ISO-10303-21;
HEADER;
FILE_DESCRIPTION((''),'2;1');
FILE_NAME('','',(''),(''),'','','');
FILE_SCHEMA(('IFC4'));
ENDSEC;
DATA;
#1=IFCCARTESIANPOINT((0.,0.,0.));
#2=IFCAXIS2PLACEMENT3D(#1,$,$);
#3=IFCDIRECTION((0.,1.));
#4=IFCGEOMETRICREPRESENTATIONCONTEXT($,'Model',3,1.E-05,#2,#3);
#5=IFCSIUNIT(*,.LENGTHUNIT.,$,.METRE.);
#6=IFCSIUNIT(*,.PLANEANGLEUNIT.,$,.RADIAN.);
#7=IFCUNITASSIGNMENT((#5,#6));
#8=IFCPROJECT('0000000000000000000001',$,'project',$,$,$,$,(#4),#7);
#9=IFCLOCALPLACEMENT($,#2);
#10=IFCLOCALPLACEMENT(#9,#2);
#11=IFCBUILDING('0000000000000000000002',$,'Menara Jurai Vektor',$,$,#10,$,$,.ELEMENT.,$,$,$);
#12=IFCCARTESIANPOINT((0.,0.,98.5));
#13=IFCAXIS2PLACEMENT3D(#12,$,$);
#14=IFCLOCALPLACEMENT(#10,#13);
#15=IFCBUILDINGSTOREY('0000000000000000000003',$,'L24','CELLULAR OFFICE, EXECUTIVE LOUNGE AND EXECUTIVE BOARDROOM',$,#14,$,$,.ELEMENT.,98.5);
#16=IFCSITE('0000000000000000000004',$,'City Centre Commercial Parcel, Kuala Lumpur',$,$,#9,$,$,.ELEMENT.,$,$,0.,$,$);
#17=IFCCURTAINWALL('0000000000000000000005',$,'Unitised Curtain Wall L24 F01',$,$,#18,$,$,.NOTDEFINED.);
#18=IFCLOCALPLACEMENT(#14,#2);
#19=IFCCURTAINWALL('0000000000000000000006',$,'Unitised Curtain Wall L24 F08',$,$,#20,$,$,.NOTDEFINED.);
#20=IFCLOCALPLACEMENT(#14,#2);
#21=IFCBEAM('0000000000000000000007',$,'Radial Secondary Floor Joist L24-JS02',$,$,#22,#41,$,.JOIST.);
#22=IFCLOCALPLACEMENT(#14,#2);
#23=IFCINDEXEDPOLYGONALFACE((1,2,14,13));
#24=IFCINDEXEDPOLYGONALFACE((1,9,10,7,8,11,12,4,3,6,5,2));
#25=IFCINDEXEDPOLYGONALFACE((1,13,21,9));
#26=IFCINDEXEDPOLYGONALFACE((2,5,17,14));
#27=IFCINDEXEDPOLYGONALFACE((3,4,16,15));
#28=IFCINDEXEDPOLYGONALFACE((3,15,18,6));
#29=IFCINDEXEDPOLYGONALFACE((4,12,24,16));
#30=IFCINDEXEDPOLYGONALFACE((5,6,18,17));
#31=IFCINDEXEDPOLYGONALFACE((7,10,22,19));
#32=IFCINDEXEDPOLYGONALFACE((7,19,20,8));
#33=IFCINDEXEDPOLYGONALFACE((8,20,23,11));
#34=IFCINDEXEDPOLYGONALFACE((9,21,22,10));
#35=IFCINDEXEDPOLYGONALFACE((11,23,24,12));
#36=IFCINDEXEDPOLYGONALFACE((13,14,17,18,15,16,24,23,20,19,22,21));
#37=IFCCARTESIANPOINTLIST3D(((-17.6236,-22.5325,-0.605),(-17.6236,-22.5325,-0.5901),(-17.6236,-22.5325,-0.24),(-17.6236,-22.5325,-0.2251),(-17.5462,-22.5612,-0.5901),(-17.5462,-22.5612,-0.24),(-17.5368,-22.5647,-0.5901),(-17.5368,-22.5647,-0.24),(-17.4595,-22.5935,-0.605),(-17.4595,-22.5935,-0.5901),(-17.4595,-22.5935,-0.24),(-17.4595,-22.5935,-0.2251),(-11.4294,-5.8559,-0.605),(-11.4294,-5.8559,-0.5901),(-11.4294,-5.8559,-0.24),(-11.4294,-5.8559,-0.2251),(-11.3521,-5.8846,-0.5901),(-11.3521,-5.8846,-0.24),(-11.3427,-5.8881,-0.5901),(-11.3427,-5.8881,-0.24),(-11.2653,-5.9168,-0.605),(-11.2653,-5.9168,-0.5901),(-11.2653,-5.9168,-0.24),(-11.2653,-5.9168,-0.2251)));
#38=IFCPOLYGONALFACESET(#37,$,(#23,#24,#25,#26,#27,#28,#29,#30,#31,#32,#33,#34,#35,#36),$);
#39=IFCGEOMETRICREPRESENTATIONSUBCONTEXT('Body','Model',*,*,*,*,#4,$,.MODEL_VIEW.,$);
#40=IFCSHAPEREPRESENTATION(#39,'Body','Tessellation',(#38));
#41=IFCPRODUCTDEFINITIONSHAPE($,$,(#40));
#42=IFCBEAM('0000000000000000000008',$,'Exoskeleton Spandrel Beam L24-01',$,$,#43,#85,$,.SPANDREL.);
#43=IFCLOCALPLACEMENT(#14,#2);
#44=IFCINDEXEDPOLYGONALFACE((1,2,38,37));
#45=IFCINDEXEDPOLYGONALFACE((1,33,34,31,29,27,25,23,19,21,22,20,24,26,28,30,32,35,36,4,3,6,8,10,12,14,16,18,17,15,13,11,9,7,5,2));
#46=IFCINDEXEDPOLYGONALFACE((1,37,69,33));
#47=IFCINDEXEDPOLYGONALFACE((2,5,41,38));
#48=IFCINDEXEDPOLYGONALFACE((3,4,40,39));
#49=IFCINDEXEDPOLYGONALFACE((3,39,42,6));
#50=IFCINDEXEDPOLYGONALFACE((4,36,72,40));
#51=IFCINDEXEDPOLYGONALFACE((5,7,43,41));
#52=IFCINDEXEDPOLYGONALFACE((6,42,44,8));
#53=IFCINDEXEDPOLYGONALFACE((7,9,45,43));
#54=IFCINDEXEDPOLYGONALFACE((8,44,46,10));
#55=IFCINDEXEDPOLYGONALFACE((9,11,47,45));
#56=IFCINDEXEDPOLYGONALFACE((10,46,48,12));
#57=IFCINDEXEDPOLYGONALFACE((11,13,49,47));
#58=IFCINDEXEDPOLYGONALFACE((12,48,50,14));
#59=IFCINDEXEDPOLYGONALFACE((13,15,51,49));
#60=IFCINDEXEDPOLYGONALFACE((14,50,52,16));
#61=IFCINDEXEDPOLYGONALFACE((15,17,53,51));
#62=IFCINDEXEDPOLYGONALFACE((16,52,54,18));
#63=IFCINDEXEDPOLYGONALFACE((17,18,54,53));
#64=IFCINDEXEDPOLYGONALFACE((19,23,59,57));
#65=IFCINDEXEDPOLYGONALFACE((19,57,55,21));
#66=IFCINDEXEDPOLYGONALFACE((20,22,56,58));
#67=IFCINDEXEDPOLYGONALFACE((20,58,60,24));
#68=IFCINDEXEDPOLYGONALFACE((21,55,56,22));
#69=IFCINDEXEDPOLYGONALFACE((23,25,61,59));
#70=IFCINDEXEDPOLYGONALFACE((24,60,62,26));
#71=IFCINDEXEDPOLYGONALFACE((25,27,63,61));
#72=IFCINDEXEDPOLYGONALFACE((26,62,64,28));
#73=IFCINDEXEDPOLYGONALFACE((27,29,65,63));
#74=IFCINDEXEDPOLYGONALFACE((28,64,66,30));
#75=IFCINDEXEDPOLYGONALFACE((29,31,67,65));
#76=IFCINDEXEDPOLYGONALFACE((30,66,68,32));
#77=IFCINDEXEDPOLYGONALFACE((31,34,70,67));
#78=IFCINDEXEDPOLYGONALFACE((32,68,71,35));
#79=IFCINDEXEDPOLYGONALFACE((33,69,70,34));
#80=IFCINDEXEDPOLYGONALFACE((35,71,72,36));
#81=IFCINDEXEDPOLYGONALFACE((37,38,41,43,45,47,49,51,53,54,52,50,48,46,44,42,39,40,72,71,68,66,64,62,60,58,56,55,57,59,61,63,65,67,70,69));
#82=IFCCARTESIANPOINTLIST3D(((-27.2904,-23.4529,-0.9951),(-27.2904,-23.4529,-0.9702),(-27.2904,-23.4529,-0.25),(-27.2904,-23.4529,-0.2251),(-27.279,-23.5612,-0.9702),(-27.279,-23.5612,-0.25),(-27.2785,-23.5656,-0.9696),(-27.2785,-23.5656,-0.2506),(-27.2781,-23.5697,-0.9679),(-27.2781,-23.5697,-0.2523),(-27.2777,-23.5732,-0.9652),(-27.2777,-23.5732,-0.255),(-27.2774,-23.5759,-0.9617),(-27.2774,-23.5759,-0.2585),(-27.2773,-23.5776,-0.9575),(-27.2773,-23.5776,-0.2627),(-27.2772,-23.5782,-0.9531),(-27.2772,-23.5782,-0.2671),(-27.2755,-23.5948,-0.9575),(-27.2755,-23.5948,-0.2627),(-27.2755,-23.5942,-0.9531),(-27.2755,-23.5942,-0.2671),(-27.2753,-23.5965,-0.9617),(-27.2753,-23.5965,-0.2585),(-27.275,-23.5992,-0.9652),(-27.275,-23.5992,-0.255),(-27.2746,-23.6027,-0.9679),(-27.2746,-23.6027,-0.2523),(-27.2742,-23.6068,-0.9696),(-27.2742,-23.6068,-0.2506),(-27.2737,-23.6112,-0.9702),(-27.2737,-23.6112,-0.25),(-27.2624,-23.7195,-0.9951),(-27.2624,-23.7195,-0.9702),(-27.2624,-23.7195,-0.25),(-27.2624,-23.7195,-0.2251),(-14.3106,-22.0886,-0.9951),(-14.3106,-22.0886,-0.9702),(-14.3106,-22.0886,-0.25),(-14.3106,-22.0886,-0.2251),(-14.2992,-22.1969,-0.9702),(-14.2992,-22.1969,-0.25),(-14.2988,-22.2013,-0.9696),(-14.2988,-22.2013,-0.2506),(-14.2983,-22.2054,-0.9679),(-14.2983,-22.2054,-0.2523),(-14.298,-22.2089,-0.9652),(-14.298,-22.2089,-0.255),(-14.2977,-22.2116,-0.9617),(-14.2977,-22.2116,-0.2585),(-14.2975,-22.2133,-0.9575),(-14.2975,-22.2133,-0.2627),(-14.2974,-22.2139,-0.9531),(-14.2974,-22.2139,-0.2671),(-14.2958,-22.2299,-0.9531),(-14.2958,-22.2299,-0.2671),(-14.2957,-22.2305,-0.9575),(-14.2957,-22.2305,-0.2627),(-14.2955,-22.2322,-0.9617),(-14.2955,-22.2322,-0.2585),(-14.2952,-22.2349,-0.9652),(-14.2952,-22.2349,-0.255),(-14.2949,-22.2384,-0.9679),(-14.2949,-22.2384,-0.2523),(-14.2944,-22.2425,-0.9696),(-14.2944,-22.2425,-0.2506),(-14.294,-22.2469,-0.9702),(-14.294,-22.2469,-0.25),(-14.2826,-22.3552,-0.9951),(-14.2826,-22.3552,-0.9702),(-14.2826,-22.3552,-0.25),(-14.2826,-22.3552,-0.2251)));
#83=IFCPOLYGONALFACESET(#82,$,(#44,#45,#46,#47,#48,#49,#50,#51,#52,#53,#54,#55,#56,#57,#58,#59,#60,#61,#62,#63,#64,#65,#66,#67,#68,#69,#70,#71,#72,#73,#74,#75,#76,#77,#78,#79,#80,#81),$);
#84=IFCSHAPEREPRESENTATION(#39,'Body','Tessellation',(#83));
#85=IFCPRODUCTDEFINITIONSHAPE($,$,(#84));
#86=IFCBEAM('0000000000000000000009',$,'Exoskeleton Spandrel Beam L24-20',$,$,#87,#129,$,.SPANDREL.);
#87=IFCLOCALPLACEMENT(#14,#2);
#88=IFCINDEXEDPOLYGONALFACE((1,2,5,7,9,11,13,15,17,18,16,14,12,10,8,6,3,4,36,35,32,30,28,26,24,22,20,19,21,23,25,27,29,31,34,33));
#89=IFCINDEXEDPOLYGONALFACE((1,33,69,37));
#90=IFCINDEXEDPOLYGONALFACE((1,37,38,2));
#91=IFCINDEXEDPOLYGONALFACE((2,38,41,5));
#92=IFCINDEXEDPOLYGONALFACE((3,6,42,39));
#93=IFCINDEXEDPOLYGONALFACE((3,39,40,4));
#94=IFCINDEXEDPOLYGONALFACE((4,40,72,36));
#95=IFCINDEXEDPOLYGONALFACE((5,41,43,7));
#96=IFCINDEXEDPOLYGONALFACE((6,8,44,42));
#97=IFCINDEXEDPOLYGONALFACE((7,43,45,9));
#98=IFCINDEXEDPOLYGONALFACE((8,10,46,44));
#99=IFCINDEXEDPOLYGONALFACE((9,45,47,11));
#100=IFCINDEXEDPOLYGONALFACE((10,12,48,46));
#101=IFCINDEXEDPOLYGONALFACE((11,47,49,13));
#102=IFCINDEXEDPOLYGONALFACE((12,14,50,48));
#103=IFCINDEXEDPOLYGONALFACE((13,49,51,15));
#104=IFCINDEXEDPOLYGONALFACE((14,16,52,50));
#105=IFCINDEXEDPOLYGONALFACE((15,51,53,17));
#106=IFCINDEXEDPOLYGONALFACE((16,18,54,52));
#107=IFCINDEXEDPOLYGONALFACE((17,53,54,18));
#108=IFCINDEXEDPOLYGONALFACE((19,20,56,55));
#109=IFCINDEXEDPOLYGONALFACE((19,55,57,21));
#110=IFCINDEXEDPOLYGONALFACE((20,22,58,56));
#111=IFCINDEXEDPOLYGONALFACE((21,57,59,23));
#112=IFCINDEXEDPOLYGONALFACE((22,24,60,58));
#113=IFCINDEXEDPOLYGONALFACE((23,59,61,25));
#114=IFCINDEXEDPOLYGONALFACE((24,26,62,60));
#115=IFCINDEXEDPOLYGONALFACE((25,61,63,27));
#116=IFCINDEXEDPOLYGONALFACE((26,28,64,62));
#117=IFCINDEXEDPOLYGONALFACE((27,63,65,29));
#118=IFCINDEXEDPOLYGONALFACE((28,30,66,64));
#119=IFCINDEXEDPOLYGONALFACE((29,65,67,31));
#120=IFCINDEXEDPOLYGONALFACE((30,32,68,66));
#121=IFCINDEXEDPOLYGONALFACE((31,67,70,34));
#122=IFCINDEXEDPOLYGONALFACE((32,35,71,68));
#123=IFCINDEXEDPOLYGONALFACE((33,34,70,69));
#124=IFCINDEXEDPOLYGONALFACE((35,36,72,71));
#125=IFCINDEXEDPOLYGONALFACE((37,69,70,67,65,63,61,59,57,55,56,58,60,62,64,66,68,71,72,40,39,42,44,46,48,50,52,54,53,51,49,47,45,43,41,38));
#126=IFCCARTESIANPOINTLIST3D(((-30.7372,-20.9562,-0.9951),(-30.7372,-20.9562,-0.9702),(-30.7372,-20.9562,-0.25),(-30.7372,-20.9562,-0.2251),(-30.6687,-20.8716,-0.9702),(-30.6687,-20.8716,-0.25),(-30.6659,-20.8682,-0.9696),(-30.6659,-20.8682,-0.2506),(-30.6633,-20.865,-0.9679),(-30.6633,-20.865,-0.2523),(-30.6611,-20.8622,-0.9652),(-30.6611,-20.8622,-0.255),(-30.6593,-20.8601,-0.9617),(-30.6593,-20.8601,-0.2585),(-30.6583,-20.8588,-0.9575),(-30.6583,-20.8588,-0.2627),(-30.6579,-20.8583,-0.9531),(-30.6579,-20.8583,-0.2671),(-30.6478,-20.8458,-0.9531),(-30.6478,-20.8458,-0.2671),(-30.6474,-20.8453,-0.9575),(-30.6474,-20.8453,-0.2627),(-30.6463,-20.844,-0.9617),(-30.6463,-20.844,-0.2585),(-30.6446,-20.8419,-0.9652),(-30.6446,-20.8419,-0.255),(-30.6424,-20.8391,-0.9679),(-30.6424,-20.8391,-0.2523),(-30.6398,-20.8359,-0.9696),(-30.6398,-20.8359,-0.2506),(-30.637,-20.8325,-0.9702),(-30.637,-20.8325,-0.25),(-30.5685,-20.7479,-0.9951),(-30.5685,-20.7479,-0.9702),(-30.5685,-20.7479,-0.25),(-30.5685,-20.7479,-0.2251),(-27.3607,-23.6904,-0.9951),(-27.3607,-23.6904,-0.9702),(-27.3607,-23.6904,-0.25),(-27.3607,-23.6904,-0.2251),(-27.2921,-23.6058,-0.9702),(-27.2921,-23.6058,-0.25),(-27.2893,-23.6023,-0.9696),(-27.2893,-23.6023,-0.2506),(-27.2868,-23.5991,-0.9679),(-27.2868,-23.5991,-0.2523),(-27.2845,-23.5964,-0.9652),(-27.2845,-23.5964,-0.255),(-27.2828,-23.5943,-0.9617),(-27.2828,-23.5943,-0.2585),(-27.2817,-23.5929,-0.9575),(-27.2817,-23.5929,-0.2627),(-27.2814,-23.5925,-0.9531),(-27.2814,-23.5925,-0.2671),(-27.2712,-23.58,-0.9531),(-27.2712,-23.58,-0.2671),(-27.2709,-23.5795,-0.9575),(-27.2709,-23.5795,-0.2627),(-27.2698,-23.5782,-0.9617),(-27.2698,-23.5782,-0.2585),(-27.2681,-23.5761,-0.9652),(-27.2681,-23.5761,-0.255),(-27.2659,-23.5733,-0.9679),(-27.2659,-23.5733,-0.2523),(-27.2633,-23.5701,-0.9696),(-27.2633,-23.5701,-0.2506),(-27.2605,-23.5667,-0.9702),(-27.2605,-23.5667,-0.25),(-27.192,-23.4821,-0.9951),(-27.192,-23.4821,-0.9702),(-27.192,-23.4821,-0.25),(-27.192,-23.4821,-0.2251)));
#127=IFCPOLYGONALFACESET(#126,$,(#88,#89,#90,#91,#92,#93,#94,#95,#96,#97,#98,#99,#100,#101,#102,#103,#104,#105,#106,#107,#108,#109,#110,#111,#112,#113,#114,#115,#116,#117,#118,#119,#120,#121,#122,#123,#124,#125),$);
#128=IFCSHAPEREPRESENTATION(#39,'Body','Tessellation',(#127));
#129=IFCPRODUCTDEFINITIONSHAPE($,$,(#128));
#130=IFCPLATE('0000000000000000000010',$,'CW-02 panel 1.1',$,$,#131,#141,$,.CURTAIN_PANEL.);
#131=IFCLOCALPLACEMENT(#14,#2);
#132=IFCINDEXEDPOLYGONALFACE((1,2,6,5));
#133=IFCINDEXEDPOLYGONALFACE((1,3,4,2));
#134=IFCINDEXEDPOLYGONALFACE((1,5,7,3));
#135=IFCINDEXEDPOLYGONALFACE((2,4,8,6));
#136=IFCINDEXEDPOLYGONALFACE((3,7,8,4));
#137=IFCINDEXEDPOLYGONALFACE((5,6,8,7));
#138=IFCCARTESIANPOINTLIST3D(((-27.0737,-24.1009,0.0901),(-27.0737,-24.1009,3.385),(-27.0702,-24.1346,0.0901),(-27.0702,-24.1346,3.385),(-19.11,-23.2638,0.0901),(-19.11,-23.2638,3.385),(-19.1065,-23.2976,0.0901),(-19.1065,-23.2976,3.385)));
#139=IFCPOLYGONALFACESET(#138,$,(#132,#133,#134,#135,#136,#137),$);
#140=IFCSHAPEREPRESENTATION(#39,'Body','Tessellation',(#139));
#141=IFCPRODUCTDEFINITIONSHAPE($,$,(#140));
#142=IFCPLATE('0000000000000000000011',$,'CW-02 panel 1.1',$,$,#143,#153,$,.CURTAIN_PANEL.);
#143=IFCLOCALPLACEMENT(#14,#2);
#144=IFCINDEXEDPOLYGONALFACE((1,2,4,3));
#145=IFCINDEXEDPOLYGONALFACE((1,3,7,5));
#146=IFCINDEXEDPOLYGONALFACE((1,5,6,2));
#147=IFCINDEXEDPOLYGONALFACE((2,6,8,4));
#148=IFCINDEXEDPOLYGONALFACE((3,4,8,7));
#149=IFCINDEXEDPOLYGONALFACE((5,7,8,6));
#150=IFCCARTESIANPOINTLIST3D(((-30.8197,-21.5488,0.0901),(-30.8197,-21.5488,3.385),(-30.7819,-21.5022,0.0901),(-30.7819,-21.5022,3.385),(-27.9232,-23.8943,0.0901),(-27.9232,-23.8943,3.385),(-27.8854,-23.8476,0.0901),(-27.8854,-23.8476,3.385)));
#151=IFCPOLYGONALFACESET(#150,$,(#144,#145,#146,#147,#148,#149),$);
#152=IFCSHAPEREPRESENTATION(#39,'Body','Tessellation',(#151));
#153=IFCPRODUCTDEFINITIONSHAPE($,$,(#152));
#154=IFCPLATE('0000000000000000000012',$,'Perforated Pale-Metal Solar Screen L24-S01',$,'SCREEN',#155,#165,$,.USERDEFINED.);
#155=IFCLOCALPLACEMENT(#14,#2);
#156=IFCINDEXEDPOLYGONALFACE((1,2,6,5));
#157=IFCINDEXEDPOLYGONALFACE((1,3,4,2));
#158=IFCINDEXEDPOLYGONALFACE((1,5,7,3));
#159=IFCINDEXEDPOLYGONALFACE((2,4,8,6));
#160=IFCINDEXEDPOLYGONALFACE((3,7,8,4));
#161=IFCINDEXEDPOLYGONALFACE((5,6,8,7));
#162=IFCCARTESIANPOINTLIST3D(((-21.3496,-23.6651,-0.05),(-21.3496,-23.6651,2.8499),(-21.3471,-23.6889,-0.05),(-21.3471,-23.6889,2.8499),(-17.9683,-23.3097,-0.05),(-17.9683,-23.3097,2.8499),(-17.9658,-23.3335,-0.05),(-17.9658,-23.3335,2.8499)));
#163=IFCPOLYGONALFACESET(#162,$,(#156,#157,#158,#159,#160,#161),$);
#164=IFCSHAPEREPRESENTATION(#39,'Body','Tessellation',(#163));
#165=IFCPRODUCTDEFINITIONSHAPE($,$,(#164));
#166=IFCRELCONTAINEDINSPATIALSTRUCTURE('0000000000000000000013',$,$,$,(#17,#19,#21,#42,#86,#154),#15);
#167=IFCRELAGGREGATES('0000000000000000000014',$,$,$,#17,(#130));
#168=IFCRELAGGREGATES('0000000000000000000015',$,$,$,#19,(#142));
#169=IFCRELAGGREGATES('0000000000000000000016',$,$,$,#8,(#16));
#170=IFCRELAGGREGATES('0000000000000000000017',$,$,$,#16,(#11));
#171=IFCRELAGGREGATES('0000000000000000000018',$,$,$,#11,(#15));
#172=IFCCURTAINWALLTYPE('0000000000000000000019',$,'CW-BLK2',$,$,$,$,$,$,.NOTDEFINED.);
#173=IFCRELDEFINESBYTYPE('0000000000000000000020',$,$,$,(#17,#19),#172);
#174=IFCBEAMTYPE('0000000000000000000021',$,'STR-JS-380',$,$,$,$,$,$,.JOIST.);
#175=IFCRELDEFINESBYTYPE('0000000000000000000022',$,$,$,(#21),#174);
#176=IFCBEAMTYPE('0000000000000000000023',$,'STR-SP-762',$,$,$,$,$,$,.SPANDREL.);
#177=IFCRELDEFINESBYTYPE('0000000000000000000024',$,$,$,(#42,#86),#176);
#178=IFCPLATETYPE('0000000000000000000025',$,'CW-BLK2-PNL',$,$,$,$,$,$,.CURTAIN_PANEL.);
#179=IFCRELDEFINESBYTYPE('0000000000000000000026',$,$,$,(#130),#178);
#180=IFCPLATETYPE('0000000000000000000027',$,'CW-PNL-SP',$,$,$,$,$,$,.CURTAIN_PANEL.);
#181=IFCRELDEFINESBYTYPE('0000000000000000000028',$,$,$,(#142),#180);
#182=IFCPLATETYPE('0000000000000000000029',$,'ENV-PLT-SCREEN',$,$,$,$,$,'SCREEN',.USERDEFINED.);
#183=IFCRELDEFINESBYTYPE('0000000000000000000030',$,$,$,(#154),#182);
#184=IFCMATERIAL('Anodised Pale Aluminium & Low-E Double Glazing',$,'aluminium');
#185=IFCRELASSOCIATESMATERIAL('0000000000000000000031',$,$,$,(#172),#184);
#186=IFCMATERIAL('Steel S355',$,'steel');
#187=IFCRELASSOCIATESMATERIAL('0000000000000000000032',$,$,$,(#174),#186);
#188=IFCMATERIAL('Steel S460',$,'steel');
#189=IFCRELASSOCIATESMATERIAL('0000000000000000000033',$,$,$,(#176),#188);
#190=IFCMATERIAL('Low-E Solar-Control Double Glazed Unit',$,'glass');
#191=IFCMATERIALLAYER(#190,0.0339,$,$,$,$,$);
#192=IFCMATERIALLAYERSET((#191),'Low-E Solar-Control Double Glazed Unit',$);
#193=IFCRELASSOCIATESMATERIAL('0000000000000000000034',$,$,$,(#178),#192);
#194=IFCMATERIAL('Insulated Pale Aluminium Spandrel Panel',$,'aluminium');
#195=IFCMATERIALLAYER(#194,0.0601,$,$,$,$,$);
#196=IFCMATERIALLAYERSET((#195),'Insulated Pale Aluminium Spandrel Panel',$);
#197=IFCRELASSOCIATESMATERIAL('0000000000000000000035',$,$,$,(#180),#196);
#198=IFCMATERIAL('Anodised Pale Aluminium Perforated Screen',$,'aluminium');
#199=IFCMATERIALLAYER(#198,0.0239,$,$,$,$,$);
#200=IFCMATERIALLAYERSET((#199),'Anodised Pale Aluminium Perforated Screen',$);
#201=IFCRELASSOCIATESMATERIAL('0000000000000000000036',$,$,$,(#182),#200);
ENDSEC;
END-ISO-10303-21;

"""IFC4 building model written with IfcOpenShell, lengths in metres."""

from ifc_helpers import new_model, si_unit, direction, frame, origin, origin_2d, place, context, subcontext, project, spatial, rectangle, i_section, extrude, material, layer, layer_set, material_profile, profile_set, type_object, element, aggregate, save


model = new_model("IFC4")

# Units and contexts
model_context = context("Model", 3, precision=1e-05, world=origin(), true_north=direction((0.0, 1.0)))
body_context = subcontext(model_context, "Body", "Model", "MODEL_VIEW")
ifc_project = project(units=[si_unit("LENGTHUNIT", "METRE"), si_unit("PLANEANGLEUNIT", "RADIAN")], contexts=[model_context])

# Site, building, storey
site_placement = place(None, origin())
site = spatial("IfcSite", under=ifc_project, at=site_placement, Name="City Centre Commercial Parcel, Kuala Lumpur", CompositionType="ELEMENT", RefElevation=0.0)
building_placement = place(site_placement, origin())
building = spatial("IfcBuilding", under=site, at=building_placement, Name="Menara Jurai Vektor", CompositionType="ELEMENT")
storey_placement = place(building_placement, frame((0.0, 0.0, 98.5)))
storey = spatial("IfcBuildingStorey", under=building, at=storey_placement, Name="L24", Description="CELLULAR OFFICE, EXECUTIVE LOUNGE AND EXECUTIVE BOARDROOM", CompositionType="ELEMENT", Elevation=98.5)

# Shared definitions
ifc_material_1 = material(Name="Steel S460", Category="steel")

# Curtain wall
ifc_material_2 = material(Name="Anodised Pale Aluminium & Low-E Double Glazing", Category="aluminium")
curtain_wall_type = type_object("IfcCurtainWallType", Name="CW-BLK2", PredefinedType="NOTDEFINED", material=ifc_material_2)
curtain_wall_1_placement = place(storey_placement, origin())
curtain_wall_1 = element("IfcCurtainWall", 1, at=curtain_wall_1_placement, inside=storey, type_object=curtain_wall_type, Name="Unitised Curtain Wall L24 F01", PredefinedType="NOTDEFINED")

# Curtain wall
curtain_wall_2_placement = place(storey_placement, origin())
curtain_wall_2 = element("IfcCurtainWall", 2, at=curtain_wall_2_placement, inside=storey, type_object=curtain_wall_type, Name="Unitised Curtain Wall L24 F08", PredefinedType="NOTDEFINED")

# Shared definitions
ifc_material_3 = material(Name="Steel S355", Category="steel")

# Beams
ifc_material_profile_1 = material_profile(ifc_material_3, i_section(OverallWidth=0.175, OverallDepth=0.3799, WebThickness=0.01, FlangeThickness=0.0149, at=origin_2d()), Name="PG 380x175x58")
ifc_profile_set_1 = profile_set([ifc_material_profile_1], Name="Steel S355")
beam_type_1 = type_object("IfcBeamType", Name="STR-JS-380", PredefinedType="JOIST", material=ifc_profile_set_1)
beam_1_placement = place(storey_placement, frame((-17.5415, -22.563, -0.415), z_axis=(0.348184, 0.937426, 0.0), x_axis=(-0.937426, 0.348184, 0.0)))
element("IfcBeam", 3, at=beam_1_placement, inside=storey, type_object=beam_type_1, Name="Radial Secondary Floor Joist L24-JS02", PredefinedType="JOIST", context=body_context, shape_type="SweptSolid", body=[
    extrude(i_section(OverallWidth=0.175, OverallDepth=0.3799, WebThickness=0.01, FlangeThickness=0.0149, at=origin_2d()), origin(), (0.0, 0.0, 1.0), 17.7898),
])
ifc_material_profile_2 = material_profile(ifc_material_1, i_section(OverallWidth=0.2681, OverallDepth=0.77, WebThickness=0.0161, FlangeThickness=0.0249, FilletRadius=0.0171, at=origin_2d()), Name="UKB 762x267x197")
ifc_profile_set_2 = profile_set([ifc_material_profile_2], Name="Steel S460")
beam_type_2 = type_object("IfcBeamType", Name="STR-SP-762", PredefinedType="SPANDREL", material=ifc_profile_set_2)
beam_2_placement = place(storey_placement, frame((-27.2764, -23.5862, -0.6101), z_axis=(0.994522, 0.104531, 0.0), x_axis=(-0.104531, 0.994522, 0.0)))
element("IfcBeam", 4, at=beam_2_placement, inside=storey, type_object=beam_type_2, Name="Exoskeleton Spandrel Beam L24-01", PredefinedType="SPANDREL", context=body_context, shape_type="SweptSolid", body=[
    extrude(i_section(OverallWidth=0.2681, OverallDepth=0.77, WebThickness=0.0161, FlangeThickness=0.0249, FilletRadius=0.0171, at=origin_2d()), origin(), (0.0, 0.0, 1.0), 13.0513),
])
beam_3_placement = place(storey_placement, frame((-30.6528, -20.8521, -0.6101), z_axis=(0.777155, -0.62931, 0.0), x_axis=(0.62931, 0.777155, 0.0)))
element("IfcBeam", 5, at=beam_3_placement, inside=storey, type_object=beam_type_2, Name="Exoskeleton Spandrel Beam L24-20", PredefinedType="SPANDREL", context=body_context, shape_type="SweptSolid", body=[
    extrude(i_section(OverallWidth=0.2681, OverallDepth=0.77, WebThickness=0.0161, FlangeThickness=0.0249, FilletRadius=0.0171, at=origin_2d()), origin(), (0.0, 0.0, 1.0), 4.3447),
])

# Plates
ifc_material_4 = material(Name="Low-E Solar-Control Double Glazed Unit", Category="glass")
ifc_layer_1 = layer(ifc_material_4, 0.0339)
ifc_layer_set_1 = layer_set([ifc_layer_1], Name="Low-E Solar-Control Double Glazed Unit")
plate_type_1 = type_object("IfcPlateType", Name="CW-BLK2-PNL", PredefinedType="CURTAIN_PANEL", material=ifc_layer_set_1)
plate_1_placement = place(storey_placement, frame((-23.0901, -23.6992, 0.0901), z_axis=(0.0, 0.0, 1.0), x_axis=(0.994522, 0.104529, 0.0)))
plate_1 = element("IfcPlate", 6, at=plate_1_placement, type_object=plate_type_1, Name="CW-02 panel 1.1", PredefinedType="CURTAIN_PANEL", context=body_context, shape_type="SweptSolid", body=[
    extrude(rectangle(XDim=8.0076, YDim=0.0339, at=origin_2d()), origin(), (0.0, 0.0, 1.0), 3.2949),
])
aggregate(curtain_wall_1, [plate_1])
ifc_material_5 = material(Name="Insulated Pale Aluminium Spandrel Panel", Category="aluminium")
ifc_layer_2 = layer(ifc_material_5, 0.0601)
ifc_layer_set_2 = layer_set([ifc_layer_2], Name="Insulated Pale Aluminium Spandrel Panel")
plate_type_2 = type_object("IfcPlateType", Name="CW-PNL-SP", PredefinedType="CURTAIN_PANEL", material=ifc_layer_set_2)
plate_2_placement = place(storey_placement, frame((-29.3525, -22.6982, 0.0901), z_axis=(0.0, 0.0, 1.0), x_axis=(0.777152, -0.629313, 0.0)))
plate_2 = element("IfcPlate", 7, at=plate_2_placement, type_object=plate_type_2, Name="CW-02 panel 1.1", PredefinedType="CURTAIN_PANEL", context=body_context, shape_type="SweptSolid", body=[
    extrude(rectangle(XDim=3.7271, YDim=0.0601, at=origin_2d()), origin(), (0.0, 0.0, 1.0), 3.2949),
])
aggregate(curtain_wall_2, [plate_2])
ifc_material_6 = material(Name="Anodised Pale Aluminium Perforated Screen", Category="aluminium")
ifc_layer_3 = layer(ifc_material_6, 0.0239)
ifc_layer_set_3 = layer_set([ifc_layer_3], Name="Anodised Pale Aluminium Perforated Screen")
plate_type_3 = type_object("IfcPlateType", Name="ENV-PLT-SCREEN", ElementType="SCREEN", PredefinedType="USERDEFINED", material=ifc_layer_set_3)
plate_3_placement = place(storey_placement, frame((-19.6577, -23.4993, -0.05), z_axis=(0.0, 0.0, 1.0), x_axis=(0.994522, 0.104528, 0.0)))
element("IfcPlate", 8, at=plate_3_placement, inside=storey, type_object=plate_type_3, Name="Perforated Pale-Metal Solar Screen L24-S01", ObjectType="SCREEN", PredefinedType="USERDEFINED", context=body_context, shape_type="SweptSolid", body=[
    extrude(rectangle(XDim=3.3999, YDim=0.0239, at=origin_2d()), origin(), (0.0, 0.0, 1.0), 2.8999),
])

save(model, "model.ifc")
